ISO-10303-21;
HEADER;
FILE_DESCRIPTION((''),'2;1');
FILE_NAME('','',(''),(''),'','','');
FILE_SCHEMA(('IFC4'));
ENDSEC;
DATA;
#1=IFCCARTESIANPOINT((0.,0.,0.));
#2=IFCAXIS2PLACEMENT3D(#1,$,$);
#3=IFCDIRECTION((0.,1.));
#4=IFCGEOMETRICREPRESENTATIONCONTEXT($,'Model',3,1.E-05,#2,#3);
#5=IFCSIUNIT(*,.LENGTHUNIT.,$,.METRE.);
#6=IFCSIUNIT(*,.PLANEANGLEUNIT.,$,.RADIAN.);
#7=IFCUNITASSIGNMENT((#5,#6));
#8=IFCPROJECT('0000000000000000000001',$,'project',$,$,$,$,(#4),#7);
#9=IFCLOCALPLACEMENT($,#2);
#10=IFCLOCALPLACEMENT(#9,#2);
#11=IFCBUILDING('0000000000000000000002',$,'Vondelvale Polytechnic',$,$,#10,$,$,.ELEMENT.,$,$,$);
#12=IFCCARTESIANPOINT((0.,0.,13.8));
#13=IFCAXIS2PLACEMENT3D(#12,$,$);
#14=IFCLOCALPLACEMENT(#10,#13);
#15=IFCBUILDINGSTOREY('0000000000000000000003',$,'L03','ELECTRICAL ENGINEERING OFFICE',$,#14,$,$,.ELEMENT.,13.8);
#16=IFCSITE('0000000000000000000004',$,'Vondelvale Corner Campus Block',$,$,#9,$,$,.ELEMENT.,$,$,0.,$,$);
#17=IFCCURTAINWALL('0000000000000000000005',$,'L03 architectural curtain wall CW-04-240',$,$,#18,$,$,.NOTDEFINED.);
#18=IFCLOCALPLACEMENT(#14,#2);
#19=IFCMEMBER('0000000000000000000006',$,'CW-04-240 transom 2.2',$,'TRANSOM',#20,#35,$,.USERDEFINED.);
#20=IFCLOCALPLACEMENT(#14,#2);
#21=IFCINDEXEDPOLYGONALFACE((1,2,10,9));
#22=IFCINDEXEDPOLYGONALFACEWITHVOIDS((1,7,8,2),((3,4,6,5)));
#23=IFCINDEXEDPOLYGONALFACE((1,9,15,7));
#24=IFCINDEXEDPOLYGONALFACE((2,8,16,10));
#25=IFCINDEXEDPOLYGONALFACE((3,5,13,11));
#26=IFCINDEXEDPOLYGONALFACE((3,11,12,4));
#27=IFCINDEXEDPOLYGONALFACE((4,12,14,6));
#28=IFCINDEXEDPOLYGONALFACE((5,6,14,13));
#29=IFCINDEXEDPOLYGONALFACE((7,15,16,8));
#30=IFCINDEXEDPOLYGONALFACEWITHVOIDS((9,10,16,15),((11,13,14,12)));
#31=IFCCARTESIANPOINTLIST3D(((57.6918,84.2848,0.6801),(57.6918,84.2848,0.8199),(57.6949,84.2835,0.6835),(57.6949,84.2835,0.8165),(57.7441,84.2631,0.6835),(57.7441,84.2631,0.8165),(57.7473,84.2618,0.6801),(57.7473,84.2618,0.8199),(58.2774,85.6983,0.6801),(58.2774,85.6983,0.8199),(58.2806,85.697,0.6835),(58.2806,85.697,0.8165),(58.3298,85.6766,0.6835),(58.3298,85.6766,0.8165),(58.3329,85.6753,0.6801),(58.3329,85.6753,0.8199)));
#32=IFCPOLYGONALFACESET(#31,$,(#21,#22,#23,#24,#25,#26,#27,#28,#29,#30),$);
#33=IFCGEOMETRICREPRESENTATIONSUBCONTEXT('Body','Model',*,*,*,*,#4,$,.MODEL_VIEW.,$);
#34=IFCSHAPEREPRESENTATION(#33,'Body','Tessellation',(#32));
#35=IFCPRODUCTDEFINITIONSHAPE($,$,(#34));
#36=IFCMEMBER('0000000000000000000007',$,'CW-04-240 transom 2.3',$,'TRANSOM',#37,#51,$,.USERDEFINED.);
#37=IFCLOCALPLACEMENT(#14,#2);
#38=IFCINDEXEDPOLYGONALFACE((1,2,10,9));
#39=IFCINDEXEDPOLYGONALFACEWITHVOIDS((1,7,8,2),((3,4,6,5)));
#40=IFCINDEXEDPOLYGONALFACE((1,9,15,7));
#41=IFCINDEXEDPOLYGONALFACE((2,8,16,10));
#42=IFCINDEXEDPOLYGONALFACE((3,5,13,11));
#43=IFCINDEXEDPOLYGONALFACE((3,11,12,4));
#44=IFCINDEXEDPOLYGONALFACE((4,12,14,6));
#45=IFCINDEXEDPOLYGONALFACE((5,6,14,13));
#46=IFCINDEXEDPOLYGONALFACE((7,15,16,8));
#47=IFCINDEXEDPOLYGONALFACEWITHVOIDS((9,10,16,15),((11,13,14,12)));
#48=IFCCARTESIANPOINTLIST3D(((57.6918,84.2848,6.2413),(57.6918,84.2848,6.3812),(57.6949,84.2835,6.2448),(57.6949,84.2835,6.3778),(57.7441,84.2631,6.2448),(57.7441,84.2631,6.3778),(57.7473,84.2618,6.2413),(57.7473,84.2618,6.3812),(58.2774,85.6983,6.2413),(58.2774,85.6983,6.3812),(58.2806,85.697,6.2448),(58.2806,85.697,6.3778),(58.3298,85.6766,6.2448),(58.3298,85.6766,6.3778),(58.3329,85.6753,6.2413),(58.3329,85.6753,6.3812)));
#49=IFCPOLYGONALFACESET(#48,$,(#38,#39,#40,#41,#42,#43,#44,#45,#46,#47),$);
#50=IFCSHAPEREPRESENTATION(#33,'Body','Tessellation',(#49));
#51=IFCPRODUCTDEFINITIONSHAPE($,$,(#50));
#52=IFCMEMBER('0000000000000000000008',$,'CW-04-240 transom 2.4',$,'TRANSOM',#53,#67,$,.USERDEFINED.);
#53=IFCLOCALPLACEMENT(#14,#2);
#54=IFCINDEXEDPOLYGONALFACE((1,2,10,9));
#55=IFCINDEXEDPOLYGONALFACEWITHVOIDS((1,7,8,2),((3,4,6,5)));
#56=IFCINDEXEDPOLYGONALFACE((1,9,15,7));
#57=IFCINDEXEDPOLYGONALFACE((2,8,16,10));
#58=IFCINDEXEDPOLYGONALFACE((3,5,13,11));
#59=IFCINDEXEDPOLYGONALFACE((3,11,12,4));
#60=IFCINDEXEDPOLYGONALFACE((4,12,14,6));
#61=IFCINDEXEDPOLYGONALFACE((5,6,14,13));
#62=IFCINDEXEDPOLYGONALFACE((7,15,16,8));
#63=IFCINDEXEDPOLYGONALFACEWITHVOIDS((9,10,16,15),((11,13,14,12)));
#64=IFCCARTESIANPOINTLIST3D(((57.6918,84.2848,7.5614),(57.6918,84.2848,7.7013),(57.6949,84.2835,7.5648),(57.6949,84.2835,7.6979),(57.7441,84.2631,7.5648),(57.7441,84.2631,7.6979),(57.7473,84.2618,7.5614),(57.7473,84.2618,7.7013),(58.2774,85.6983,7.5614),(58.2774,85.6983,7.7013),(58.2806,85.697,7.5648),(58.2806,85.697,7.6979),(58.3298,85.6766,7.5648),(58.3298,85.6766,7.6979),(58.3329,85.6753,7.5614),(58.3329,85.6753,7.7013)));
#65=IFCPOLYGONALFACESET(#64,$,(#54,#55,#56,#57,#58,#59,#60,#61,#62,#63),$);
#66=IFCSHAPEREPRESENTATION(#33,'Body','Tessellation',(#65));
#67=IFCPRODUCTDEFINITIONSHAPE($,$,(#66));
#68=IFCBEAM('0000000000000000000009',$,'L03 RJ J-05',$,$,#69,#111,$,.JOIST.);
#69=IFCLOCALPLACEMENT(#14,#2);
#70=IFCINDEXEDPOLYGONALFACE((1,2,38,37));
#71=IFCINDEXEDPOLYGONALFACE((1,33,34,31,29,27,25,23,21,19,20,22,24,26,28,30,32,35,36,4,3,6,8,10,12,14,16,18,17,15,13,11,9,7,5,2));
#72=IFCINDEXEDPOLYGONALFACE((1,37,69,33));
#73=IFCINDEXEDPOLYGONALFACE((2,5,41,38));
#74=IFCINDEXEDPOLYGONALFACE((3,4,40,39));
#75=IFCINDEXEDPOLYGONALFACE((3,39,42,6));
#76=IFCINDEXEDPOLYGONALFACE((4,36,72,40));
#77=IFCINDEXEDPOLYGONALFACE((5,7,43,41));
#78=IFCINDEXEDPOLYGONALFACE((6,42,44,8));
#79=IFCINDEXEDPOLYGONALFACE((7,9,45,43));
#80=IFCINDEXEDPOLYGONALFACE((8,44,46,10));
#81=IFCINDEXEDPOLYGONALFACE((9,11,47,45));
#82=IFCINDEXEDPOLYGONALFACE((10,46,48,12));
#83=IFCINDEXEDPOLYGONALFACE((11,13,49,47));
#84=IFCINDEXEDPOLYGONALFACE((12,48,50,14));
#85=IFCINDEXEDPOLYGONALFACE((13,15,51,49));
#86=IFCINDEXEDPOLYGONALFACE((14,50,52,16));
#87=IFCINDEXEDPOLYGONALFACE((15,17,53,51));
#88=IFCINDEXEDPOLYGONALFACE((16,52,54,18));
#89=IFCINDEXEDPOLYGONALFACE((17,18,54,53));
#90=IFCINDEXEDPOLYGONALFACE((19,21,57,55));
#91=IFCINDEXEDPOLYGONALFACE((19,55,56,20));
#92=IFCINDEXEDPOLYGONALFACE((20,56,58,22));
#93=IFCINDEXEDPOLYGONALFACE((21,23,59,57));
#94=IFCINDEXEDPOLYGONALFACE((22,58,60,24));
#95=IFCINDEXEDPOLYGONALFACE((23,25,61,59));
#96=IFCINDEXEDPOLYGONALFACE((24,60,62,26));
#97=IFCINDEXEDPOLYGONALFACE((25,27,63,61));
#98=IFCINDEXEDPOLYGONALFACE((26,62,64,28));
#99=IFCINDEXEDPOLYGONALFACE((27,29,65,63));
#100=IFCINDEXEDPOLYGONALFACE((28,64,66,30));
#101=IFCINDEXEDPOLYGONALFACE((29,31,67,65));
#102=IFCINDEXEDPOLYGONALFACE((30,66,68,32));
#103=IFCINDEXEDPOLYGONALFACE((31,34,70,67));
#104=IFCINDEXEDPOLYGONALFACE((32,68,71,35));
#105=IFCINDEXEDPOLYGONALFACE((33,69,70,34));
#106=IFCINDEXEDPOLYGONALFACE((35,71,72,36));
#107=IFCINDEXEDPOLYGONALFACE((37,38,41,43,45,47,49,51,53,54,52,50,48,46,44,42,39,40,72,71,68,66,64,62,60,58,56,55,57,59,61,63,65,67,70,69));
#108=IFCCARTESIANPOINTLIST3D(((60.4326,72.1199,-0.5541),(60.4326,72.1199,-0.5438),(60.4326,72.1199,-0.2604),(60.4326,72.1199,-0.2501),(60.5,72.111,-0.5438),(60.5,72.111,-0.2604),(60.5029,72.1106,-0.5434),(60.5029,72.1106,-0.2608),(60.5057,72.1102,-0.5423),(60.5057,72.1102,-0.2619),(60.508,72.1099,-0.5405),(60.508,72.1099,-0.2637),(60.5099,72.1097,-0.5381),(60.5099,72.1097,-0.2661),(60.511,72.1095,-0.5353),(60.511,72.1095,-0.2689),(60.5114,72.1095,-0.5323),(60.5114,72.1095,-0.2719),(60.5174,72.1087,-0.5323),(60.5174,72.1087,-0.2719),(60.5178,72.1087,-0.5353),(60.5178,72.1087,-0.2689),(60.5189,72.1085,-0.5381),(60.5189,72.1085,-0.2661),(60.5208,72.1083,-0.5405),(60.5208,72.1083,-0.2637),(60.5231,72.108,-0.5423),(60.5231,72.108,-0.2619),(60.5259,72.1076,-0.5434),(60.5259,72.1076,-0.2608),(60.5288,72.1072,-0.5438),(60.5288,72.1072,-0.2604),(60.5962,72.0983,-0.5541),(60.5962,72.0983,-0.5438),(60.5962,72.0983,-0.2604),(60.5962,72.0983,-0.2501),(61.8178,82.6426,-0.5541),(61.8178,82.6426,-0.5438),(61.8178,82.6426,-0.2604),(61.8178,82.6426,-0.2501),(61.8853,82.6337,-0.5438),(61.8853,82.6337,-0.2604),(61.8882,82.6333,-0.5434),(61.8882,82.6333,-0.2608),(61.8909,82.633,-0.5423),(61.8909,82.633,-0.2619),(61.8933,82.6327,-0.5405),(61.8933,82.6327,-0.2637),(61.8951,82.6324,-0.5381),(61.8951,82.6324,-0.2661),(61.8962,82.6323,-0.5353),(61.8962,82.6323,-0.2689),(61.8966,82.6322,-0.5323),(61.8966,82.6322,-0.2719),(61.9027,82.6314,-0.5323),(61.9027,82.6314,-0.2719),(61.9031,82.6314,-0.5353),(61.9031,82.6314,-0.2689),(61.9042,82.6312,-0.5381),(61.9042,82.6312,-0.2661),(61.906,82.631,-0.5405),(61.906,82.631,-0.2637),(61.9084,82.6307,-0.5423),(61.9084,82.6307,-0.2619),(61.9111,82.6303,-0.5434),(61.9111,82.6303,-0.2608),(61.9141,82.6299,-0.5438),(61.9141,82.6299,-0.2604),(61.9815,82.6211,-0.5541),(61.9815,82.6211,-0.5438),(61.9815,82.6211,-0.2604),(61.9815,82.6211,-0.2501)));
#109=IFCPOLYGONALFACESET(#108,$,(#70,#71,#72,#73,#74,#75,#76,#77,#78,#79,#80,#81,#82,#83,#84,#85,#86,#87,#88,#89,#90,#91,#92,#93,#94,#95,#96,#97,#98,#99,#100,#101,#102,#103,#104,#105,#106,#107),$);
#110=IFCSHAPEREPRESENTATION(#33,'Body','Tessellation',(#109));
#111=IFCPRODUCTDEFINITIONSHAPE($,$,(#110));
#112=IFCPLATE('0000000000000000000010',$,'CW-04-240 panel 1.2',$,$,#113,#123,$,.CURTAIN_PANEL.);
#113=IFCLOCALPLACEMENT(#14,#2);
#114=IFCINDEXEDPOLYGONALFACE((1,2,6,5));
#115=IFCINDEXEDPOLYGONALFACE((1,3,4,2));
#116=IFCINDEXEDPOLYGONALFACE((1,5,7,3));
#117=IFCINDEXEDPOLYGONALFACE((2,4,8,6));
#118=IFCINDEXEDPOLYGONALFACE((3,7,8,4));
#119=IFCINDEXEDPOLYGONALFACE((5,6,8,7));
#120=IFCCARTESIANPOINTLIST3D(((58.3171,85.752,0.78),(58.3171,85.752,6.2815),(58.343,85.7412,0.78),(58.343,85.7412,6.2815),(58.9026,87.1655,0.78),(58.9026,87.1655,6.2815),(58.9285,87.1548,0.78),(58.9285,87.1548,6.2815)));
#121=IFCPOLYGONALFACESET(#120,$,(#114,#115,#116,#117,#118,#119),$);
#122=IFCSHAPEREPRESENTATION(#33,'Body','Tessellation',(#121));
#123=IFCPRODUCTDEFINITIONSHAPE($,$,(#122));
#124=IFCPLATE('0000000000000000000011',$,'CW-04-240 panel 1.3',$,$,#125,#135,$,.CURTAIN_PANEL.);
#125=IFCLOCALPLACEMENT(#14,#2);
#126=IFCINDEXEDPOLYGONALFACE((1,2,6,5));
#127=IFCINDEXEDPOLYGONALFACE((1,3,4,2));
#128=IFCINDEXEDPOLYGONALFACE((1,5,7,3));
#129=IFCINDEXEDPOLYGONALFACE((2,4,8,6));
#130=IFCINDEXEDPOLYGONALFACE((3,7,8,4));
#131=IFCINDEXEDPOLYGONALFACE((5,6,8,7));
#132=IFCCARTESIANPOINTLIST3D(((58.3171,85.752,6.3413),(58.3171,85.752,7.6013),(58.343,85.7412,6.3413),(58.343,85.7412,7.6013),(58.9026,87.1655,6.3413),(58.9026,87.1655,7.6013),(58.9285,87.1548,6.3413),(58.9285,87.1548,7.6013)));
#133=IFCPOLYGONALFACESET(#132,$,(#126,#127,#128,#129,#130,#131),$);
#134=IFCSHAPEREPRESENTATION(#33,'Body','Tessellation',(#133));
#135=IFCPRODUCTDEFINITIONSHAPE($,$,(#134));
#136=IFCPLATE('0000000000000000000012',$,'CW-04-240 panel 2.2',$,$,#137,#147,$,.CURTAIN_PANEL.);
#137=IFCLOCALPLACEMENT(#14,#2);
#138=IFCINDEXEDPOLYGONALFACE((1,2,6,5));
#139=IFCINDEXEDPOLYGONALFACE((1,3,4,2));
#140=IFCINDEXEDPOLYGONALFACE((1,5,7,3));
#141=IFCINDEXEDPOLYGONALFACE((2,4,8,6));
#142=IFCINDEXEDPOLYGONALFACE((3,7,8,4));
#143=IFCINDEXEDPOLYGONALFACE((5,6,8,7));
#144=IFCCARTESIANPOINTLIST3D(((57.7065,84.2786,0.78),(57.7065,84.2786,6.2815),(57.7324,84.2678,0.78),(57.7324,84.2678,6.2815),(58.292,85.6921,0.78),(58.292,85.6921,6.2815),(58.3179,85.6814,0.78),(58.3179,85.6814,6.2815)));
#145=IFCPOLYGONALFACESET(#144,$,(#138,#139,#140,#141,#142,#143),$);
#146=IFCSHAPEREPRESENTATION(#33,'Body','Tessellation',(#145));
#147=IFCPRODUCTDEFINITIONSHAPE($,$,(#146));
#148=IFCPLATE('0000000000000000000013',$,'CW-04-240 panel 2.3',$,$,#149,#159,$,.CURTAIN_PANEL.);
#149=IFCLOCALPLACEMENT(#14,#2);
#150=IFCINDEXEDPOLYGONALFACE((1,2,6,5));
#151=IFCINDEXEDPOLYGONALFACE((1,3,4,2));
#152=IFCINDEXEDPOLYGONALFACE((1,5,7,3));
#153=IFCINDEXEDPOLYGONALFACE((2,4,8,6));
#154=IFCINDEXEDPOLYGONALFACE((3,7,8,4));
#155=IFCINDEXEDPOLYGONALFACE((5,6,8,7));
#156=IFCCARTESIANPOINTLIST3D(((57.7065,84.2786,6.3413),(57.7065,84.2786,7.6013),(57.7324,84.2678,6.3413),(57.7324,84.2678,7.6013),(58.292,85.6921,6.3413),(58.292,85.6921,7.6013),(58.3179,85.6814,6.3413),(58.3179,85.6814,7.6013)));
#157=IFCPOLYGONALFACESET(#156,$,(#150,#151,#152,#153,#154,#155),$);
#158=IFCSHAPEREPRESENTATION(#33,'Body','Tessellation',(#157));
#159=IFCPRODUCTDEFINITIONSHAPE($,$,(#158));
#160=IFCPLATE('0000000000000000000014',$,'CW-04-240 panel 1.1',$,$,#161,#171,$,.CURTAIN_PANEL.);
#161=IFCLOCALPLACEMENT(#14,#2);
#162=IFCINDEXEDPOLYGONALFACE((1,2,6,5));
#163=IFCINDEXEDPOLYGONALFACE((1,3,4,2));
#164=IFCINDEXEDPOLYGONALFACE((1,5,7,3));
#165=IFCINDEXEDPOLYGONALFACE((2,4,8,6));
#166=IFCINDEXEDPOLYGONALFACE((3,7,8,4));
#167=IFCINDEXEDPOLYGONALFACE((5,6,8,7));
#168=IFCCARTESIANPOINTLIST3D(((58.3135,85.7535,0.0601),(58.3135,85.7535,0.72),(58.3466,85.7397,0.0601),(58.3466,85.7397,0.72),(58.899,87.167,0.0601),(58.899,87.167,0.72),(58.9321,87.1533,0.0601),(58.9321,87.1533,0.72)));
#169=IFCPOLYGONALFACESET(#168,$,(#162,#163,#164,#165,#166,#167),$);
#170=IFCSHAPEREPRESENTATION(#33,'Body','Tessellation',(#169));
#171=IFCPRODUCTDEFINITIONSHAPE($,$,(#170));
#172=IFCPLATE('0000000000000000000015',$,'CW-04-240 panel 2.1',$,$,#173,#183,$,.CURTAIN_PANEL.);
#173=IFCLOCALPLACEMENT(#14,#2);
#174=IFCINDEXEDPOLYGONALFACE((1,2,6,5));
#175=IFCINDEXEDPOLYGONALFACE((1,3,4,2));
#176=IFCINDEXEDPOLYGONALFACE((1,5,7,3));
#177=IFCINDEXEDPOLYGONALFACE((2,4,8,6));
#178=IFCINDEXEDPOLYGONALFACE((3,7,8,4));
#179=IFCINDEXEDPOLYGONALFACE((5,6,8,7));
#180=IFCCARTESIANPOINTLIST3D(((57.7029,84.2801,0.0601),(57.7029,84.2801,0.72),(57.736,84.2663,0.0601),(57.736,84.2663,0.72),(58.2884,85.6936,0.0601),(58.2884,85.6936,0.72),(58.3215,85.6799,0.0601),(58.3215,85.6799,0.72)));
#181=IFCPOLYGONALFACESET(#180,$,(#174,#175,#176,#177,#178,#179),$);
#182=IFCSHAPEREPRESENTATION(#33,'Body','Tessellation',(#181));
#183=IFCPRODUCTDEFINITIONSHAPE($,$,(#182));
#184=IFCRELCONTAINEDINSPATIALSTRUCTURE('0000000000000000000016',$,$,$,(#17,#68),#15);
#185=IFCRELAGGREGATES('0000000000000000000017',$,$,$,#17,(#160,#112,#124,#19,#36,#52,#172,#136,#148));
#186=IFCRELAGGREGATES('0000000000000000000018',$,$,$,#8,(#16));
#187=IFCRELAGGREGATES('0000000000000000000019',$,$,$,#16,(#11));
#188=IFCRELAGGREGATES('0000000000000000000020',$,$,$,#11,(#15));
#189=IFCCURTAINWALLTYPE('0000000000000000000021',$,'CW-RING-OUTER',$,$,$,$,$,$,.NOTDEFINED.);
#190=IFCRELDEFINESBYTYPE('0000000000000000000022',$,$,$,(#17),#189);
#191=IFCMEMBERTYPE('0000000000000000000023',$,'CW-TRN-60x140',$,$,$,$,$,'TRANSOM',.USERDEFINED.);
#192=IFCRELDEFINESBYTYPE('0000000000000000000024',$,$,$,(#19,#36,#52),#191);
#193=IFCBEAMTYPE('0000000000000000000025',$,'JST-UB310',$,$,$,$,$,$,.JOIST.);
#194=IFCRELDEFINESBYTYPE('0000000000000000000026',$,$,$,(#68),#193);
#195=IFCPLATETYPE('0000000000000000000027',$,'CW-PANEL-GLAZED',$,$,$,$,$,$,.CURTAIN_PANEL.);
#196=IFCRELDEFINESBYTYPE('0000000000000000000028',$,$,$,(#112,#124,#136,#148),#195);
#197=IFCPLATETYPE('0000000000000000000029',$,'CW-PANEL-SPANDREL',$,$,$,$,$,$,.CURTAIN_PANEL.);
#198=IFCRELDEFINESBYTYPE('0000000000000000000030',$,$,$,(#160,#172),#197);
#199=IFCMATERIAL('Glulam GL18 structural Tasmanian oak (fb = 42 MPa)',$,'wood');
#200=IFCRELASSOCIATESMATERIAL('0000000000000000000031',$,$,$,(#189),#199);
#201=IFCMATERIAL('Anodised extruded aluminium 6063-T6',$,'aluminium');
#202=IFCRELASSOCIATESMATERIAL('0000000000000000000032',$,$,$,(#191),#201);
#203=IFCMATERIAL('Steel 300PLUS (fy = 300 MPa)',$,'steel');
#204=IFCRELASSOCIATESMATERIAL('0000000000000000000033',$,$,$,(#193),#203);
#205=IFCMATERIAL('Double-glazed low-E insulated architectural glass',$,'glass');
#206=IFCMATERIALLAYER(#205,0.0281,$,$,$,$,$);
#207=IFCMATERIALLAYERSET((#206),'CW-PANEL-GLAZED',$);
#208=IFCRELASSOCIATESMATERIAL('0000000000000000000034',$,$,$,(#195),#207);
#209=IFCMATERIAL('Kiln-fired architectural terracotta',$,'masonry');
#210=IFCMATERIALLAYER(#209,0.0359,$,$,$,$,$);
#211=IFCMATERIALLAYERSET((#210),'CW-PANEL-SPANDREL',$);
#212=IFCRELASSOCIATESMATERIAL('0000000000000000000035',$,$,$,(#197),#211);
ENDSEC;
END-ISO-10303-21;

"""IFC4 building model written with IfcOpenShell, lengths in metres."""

from ifc_helpers import new_model, si_unit, direction, frame, origin, origin_2d, place, context, subcontext, project, spatial, rectangle, hollow_rectangle, i_section, extrude, material, layer, layer_set, material_profile, profile_set, type_object, element, aggregate, save


model = new_model("IFC4")

# Units and contexts
model_context = context("Model", 3, precision=1e-05, world=origin(), true_north=direction((0.0, 1.0)))
body_context = subcontext(model_context, "Body", "Model", "MODEL_VIEW")
ifc_project = project(units=[si_unit("LENGTHUNIT", "METRE"), si_unit("PLANEANGLEUNIT", "RADIAN")], contexts=[model_context])

# Site, building, storey
site_placement = place(None, origin())
site = spatial("IfcSite", under=ifc_project, at=site_placement, Name="Vondelvale Corner Campus Block", CompositionType="ELEMENT", RefElevation=0.0)
building_placement = place(site_placement, origin())
building = spatial("IfcBuilding", under=site, at=building_placement, Name="Vondelvale Polytechnic", CompositionType="ELEMENT")
storey_placement = place(building_placement, frame((0.0, 0.0, 13.8)))
storey = spatial("IfcBuildingStorey", under=building, at=storey_placement, Name="L03", Description="ELECTRICAL ENGINEERING OFFICE", CompositionType="ELEMENT", Elevation=13.8)

# Shared definitions
ifc_material_1 = material(Name="Glulam GL18 structural Tasmanian oak (fb = 42 MPa)", Category="wood")
ifc_material_2 = material(Name="Steel 300PLUS (fy = 300 MPa)", Category="steel")

# Curtain wall, members
curtain_wall_type = type_object("IfcCurtainWallType", Name="CW-RING-OUTER", PredefinedType="NOTDEFINED", material=ifc_material_1)
curtain_wall_placement = place(storey_placement, origin())
curtain_wall = element("IfcCurtainWall", 1, at=curtain_wall_placement, inside=storey, type_object=curtain_wall_type, Name="L03 architectural curtain wall CW-04-240", PredefinedType="NOTDEFINED")
ifc_material_3 = material(Name="Anodised extruded aluminium 6063-T6", Category="aluminium")
ifc_material_profile_1 = material_profile(ifc_material_3, hollow_rectangle(XDim=0.0601, YDim=0.1399, WallThickness=0.0034, at=origin_2d()), Name="CW-TRN-140x60")
ifc_profile_set_1 = profile_set([ifc_material_profile_1], Name="Anodised extruded aluminium 6063-T6")
member_type_1 = type_object("IfcMemberType", Name="CW-TRN-60x140", ElementType="TRANSOM", PredefinedType="USERDEFINED", material=ifc_profile_set_1)
member_1_placement = place(storey_placement, frame((58.3052, 85.6868, 0.75), z_axis=(-0.382779, -0.92384, 0.0), x_axis=(0.92384, -0.382779, 0.0)))
member_1 = element("IfcMember", 2, at=member_1_placement, type_object=member_type_1, Name="CW-04-240 transom 2.2", ObjectType="TRANSOM", PredefinedType="USERDEFINED", context=body_context, shape_type="SweptSolid", body=[
    extrude(hollow_rectangle(XDim=0.0601, YDim=0.1399, WallThickness=0.0034, at=origin_2d()), origin(), (0.0, 0.0, 1.0), 1.53),
])
member_2_placement = place(storey_placement, frame((58.3052, 85.6868, 6.3113), z_axis=(-0.382779, -0.92384, 0.0), x_axis=(0.92384, -0.382779, 0.0)))
member_2 = element("IfcMember", 3, at=member_2_placement, type_object=member_type_1, Name="CW-04-240 transom 2.3", ObjectType="TRANSOM", PredefinedType="USERDEFINED", context=body_context, shape_type="SweptSolid", body=[
    extrude(hollow_rectangle(XDim=0.0601, YDim=0.1399, WallThickness=0.0034, at=origin_2d()), origin(), (0.0, 0.0, 1.0), 1.53),
])
member_3_placement = place(storey_placement, frame((58.3052, 85.6868, 7.6313), z_axis=(-0.382779, -0.92384, 0.0), x_axis=(0.92384, -0.382779, 0.0)))
member_3 = element("IfcMember", 4, at=member_3_placement, type_object=member_type_1, Name="CW-04-240 transom 2.4", ObjectType="TRANSOM", PredefinedType="USERDEFINED", context=body_context, shape_type="SweptSolid", body=[
    extrude(hollow_rectangle(XDim=0.0601, YDim=0.1399, WallThickness=0.0034, at=origin_2d()), origin(), (0.0, 0.0, 1.0), 1.53),
])

# Beam
ifc_material_profile_2 = material_profile(ifc_material_2, i_section(OverallWidth=0.165, OverallDepth=0.304, WebThickness=0.0061, FlangeThickness=0.0103, FilletRadius=0.0115, at=origin_2d()), Name="310UB40.4")
ifc_profile_set_2 = profile_set([ifc_material_profile_2], Name="Steel 300PLUS (fy = 300 MPa)")
beam_type = type_object("IfcBeamType", Name="JST-UB310", PredefinedType="JOIST", material=ifc_profile_set_2)
beam_placement = place(storey_placement, frame((61.8997, 82.6318, -0.4021), z_axis=(-0.130518, -0.991446, 0.0), x_axis=(0.991446, -0.130518, 0.0)))
element("IfcBeam", 5, at=beam_placement, inside=storey, type_object=beam_type, Name="L03 RJ J-05", PredefinedType="JOIST", context=body_context, shape_type="SweptSolid", body=[
    extrude(i_section(OverallWidth=0.165, OverallDepth=0.304, WebThickness=0.0061, FlangeThickness=0.0103, FilletRadius=0.0115, at=origin_2d()), origin(), (0.0, 0.0, 1.0), 10.6135),
])

# Plates
ifc_material_4 = material(Name="Double-glazed low-E insulated architectural glass", Category="glass")
ifc_layer_1 = layer(ifc_material_4, 0.0281)
ifc_layer_set_1 = layer_set([ifc_layer_1], Name="CW-PANEL-GLAZED")
plate_type_1 = type_object("IfcPlateType", Name="CW-PANEL-GLAZED", PredefinedType="CURTAIN_PANEL", material=ifc_layer_set_1)
plate_1_placement = place(storey_placement, frame((58.6228, 86.4534, 0.78), z_axis=(0.0, 0.0, 1.0), x_axis=(-0.382677, -0.923882, 0.0)))
plate_1 = element("IfcPlate", 6, at=plate_1_placement, type_object=plate_type_1, Name="CW-04-240 panel 1.2", PredefinedType="CURTAIN_PANEL", context=body_context, shape_type="SweptSolid", body=[
    extrude(rectangle(XDim=1.53, YDim=0.0281, at=origin_2d()), origin(), (0.0, 0.0, 1.0), 5.5015),
])
plate_2_placement = place(storey_placement, frame((58.6228, 86.4534, 6.3413), z_axis=(0.0, 0.0, 1.0), x_axis=(-0.382677, -0.923882, 0.0)))
plate_2 = element("IfcPlate", 7, at=plate_2_placement, type_object=plate_type_1, Name="CW-04-240 panel 1.3", PredefinedType="CURTAIN_PANEL", context=body_context, shape_type="SweptSolid", body=[
    extrude(rectangle(XDim=1.53, YDim=0.0281, at=origin_2d()), origin(), (0.0, 0.0, 1.0), 1.26),
])
plate_3_placement = place(storey_placement, frame((58.0122, 84.98, 0.78), z_axis=(0.0, 0.0, 1.0), x_axis=(-0.382677, -0.923882, 0.0)))
plate_3 = element("IfcPlate", 8, at=plate_3_placement, type_object=plate_type_1, Name="CW-04-240 panel 2.2", PredefinedType="CURTAIN_PANEL", context=body_context, shape_type="SweptSolid", body=[
    extrude(rectangle(XDim=1.53, YDim=0.0281, at=origin_2d()), origin(), (0.0, 0.0, 1.0), 5.5015),
])
plate_4_placement = place(storey_placement, frame((58.0122, 84.98, 6.3413), z_axis=(0.0, 0.0, 1.0), x_axis=(-0.382677, -0.923882, 0.0)))
plate_4 = element("IfcPlate", 9, at=plate_4_placement, type_object=plate_type_1, Name="CW-04-240 panel 2.3", PredefinedType="CURTAIN_PANEL", context=body_context, shape_type="SweptSolid", body=[
    extrude(rectangle(XDim=1.53, YDim=0.0281, at=origin_2d()), origin(), (0.0, 0.0, 1.0), 1.26),
])
ifc_material_5 = material(Name="Kiln-fired architectural terracotta", Category="masonry")
ifc_layer_2 = layer(ifc_material_5, 0.0359)
ifc_layer_set_2 = layer_set([ifc_layer_2], Name="CW-PANEL-SPANDREL")
plate_type_2 = type_object("IfcPlateType", Name="CW-PANEL-SPANDREL", PredefinedType="CURTAIN_PANEL", material=ifc_layer_set_2)
plate_5_placement = place(storey_placement, frame((58.6228, 86.4534, 0.0601), z_axis=(0.0, 0.0, 1.0), x_axis=(-0.382677, -0.923882, 0.0)))
plate_5 = element("IfcPlate", 10, at=plate_5_placement, type_object=plate_type_2, Name="CW-04-240 panel 1.1", PredefinedType="CURTAIN_PANEL", context=body_context, shape_type="SweptSolid", body=[
    extrude(rectangle(XDim=1.53, YDim=0.0359, at=origin_2d()), origin(), (0.0, 0.0, 1.0), 0.6599),
])
plate_6_placement = place(storey_placement, frame((58.0122, 84.98, 0.0601), z_axis=(0.0, 0.0, 1.0), x_axis=(-0.382677, -0.923882, 0.0)))
plate_6 = element("IfcPlate", 11, at=plate_6_placement, type_object=plate_type_2, Name="CW-04-240 panel 2.1", PredefinedType="CURTAIN_PANEL", context=body_context, shape_type="SweptSolid", body=[
    extrude(rectangle(XDim=1.53, YDim=0.0359, at=origin_2d()), origin(), (0.0, 0.0, 1.0), 0.6599),
])
aggregate(curtain_wall, [plate_5, plate_1, plate_2, member_1, member_2, member_3, plate_6, plate_3, plate_4])

save(model, "model.ifc")
